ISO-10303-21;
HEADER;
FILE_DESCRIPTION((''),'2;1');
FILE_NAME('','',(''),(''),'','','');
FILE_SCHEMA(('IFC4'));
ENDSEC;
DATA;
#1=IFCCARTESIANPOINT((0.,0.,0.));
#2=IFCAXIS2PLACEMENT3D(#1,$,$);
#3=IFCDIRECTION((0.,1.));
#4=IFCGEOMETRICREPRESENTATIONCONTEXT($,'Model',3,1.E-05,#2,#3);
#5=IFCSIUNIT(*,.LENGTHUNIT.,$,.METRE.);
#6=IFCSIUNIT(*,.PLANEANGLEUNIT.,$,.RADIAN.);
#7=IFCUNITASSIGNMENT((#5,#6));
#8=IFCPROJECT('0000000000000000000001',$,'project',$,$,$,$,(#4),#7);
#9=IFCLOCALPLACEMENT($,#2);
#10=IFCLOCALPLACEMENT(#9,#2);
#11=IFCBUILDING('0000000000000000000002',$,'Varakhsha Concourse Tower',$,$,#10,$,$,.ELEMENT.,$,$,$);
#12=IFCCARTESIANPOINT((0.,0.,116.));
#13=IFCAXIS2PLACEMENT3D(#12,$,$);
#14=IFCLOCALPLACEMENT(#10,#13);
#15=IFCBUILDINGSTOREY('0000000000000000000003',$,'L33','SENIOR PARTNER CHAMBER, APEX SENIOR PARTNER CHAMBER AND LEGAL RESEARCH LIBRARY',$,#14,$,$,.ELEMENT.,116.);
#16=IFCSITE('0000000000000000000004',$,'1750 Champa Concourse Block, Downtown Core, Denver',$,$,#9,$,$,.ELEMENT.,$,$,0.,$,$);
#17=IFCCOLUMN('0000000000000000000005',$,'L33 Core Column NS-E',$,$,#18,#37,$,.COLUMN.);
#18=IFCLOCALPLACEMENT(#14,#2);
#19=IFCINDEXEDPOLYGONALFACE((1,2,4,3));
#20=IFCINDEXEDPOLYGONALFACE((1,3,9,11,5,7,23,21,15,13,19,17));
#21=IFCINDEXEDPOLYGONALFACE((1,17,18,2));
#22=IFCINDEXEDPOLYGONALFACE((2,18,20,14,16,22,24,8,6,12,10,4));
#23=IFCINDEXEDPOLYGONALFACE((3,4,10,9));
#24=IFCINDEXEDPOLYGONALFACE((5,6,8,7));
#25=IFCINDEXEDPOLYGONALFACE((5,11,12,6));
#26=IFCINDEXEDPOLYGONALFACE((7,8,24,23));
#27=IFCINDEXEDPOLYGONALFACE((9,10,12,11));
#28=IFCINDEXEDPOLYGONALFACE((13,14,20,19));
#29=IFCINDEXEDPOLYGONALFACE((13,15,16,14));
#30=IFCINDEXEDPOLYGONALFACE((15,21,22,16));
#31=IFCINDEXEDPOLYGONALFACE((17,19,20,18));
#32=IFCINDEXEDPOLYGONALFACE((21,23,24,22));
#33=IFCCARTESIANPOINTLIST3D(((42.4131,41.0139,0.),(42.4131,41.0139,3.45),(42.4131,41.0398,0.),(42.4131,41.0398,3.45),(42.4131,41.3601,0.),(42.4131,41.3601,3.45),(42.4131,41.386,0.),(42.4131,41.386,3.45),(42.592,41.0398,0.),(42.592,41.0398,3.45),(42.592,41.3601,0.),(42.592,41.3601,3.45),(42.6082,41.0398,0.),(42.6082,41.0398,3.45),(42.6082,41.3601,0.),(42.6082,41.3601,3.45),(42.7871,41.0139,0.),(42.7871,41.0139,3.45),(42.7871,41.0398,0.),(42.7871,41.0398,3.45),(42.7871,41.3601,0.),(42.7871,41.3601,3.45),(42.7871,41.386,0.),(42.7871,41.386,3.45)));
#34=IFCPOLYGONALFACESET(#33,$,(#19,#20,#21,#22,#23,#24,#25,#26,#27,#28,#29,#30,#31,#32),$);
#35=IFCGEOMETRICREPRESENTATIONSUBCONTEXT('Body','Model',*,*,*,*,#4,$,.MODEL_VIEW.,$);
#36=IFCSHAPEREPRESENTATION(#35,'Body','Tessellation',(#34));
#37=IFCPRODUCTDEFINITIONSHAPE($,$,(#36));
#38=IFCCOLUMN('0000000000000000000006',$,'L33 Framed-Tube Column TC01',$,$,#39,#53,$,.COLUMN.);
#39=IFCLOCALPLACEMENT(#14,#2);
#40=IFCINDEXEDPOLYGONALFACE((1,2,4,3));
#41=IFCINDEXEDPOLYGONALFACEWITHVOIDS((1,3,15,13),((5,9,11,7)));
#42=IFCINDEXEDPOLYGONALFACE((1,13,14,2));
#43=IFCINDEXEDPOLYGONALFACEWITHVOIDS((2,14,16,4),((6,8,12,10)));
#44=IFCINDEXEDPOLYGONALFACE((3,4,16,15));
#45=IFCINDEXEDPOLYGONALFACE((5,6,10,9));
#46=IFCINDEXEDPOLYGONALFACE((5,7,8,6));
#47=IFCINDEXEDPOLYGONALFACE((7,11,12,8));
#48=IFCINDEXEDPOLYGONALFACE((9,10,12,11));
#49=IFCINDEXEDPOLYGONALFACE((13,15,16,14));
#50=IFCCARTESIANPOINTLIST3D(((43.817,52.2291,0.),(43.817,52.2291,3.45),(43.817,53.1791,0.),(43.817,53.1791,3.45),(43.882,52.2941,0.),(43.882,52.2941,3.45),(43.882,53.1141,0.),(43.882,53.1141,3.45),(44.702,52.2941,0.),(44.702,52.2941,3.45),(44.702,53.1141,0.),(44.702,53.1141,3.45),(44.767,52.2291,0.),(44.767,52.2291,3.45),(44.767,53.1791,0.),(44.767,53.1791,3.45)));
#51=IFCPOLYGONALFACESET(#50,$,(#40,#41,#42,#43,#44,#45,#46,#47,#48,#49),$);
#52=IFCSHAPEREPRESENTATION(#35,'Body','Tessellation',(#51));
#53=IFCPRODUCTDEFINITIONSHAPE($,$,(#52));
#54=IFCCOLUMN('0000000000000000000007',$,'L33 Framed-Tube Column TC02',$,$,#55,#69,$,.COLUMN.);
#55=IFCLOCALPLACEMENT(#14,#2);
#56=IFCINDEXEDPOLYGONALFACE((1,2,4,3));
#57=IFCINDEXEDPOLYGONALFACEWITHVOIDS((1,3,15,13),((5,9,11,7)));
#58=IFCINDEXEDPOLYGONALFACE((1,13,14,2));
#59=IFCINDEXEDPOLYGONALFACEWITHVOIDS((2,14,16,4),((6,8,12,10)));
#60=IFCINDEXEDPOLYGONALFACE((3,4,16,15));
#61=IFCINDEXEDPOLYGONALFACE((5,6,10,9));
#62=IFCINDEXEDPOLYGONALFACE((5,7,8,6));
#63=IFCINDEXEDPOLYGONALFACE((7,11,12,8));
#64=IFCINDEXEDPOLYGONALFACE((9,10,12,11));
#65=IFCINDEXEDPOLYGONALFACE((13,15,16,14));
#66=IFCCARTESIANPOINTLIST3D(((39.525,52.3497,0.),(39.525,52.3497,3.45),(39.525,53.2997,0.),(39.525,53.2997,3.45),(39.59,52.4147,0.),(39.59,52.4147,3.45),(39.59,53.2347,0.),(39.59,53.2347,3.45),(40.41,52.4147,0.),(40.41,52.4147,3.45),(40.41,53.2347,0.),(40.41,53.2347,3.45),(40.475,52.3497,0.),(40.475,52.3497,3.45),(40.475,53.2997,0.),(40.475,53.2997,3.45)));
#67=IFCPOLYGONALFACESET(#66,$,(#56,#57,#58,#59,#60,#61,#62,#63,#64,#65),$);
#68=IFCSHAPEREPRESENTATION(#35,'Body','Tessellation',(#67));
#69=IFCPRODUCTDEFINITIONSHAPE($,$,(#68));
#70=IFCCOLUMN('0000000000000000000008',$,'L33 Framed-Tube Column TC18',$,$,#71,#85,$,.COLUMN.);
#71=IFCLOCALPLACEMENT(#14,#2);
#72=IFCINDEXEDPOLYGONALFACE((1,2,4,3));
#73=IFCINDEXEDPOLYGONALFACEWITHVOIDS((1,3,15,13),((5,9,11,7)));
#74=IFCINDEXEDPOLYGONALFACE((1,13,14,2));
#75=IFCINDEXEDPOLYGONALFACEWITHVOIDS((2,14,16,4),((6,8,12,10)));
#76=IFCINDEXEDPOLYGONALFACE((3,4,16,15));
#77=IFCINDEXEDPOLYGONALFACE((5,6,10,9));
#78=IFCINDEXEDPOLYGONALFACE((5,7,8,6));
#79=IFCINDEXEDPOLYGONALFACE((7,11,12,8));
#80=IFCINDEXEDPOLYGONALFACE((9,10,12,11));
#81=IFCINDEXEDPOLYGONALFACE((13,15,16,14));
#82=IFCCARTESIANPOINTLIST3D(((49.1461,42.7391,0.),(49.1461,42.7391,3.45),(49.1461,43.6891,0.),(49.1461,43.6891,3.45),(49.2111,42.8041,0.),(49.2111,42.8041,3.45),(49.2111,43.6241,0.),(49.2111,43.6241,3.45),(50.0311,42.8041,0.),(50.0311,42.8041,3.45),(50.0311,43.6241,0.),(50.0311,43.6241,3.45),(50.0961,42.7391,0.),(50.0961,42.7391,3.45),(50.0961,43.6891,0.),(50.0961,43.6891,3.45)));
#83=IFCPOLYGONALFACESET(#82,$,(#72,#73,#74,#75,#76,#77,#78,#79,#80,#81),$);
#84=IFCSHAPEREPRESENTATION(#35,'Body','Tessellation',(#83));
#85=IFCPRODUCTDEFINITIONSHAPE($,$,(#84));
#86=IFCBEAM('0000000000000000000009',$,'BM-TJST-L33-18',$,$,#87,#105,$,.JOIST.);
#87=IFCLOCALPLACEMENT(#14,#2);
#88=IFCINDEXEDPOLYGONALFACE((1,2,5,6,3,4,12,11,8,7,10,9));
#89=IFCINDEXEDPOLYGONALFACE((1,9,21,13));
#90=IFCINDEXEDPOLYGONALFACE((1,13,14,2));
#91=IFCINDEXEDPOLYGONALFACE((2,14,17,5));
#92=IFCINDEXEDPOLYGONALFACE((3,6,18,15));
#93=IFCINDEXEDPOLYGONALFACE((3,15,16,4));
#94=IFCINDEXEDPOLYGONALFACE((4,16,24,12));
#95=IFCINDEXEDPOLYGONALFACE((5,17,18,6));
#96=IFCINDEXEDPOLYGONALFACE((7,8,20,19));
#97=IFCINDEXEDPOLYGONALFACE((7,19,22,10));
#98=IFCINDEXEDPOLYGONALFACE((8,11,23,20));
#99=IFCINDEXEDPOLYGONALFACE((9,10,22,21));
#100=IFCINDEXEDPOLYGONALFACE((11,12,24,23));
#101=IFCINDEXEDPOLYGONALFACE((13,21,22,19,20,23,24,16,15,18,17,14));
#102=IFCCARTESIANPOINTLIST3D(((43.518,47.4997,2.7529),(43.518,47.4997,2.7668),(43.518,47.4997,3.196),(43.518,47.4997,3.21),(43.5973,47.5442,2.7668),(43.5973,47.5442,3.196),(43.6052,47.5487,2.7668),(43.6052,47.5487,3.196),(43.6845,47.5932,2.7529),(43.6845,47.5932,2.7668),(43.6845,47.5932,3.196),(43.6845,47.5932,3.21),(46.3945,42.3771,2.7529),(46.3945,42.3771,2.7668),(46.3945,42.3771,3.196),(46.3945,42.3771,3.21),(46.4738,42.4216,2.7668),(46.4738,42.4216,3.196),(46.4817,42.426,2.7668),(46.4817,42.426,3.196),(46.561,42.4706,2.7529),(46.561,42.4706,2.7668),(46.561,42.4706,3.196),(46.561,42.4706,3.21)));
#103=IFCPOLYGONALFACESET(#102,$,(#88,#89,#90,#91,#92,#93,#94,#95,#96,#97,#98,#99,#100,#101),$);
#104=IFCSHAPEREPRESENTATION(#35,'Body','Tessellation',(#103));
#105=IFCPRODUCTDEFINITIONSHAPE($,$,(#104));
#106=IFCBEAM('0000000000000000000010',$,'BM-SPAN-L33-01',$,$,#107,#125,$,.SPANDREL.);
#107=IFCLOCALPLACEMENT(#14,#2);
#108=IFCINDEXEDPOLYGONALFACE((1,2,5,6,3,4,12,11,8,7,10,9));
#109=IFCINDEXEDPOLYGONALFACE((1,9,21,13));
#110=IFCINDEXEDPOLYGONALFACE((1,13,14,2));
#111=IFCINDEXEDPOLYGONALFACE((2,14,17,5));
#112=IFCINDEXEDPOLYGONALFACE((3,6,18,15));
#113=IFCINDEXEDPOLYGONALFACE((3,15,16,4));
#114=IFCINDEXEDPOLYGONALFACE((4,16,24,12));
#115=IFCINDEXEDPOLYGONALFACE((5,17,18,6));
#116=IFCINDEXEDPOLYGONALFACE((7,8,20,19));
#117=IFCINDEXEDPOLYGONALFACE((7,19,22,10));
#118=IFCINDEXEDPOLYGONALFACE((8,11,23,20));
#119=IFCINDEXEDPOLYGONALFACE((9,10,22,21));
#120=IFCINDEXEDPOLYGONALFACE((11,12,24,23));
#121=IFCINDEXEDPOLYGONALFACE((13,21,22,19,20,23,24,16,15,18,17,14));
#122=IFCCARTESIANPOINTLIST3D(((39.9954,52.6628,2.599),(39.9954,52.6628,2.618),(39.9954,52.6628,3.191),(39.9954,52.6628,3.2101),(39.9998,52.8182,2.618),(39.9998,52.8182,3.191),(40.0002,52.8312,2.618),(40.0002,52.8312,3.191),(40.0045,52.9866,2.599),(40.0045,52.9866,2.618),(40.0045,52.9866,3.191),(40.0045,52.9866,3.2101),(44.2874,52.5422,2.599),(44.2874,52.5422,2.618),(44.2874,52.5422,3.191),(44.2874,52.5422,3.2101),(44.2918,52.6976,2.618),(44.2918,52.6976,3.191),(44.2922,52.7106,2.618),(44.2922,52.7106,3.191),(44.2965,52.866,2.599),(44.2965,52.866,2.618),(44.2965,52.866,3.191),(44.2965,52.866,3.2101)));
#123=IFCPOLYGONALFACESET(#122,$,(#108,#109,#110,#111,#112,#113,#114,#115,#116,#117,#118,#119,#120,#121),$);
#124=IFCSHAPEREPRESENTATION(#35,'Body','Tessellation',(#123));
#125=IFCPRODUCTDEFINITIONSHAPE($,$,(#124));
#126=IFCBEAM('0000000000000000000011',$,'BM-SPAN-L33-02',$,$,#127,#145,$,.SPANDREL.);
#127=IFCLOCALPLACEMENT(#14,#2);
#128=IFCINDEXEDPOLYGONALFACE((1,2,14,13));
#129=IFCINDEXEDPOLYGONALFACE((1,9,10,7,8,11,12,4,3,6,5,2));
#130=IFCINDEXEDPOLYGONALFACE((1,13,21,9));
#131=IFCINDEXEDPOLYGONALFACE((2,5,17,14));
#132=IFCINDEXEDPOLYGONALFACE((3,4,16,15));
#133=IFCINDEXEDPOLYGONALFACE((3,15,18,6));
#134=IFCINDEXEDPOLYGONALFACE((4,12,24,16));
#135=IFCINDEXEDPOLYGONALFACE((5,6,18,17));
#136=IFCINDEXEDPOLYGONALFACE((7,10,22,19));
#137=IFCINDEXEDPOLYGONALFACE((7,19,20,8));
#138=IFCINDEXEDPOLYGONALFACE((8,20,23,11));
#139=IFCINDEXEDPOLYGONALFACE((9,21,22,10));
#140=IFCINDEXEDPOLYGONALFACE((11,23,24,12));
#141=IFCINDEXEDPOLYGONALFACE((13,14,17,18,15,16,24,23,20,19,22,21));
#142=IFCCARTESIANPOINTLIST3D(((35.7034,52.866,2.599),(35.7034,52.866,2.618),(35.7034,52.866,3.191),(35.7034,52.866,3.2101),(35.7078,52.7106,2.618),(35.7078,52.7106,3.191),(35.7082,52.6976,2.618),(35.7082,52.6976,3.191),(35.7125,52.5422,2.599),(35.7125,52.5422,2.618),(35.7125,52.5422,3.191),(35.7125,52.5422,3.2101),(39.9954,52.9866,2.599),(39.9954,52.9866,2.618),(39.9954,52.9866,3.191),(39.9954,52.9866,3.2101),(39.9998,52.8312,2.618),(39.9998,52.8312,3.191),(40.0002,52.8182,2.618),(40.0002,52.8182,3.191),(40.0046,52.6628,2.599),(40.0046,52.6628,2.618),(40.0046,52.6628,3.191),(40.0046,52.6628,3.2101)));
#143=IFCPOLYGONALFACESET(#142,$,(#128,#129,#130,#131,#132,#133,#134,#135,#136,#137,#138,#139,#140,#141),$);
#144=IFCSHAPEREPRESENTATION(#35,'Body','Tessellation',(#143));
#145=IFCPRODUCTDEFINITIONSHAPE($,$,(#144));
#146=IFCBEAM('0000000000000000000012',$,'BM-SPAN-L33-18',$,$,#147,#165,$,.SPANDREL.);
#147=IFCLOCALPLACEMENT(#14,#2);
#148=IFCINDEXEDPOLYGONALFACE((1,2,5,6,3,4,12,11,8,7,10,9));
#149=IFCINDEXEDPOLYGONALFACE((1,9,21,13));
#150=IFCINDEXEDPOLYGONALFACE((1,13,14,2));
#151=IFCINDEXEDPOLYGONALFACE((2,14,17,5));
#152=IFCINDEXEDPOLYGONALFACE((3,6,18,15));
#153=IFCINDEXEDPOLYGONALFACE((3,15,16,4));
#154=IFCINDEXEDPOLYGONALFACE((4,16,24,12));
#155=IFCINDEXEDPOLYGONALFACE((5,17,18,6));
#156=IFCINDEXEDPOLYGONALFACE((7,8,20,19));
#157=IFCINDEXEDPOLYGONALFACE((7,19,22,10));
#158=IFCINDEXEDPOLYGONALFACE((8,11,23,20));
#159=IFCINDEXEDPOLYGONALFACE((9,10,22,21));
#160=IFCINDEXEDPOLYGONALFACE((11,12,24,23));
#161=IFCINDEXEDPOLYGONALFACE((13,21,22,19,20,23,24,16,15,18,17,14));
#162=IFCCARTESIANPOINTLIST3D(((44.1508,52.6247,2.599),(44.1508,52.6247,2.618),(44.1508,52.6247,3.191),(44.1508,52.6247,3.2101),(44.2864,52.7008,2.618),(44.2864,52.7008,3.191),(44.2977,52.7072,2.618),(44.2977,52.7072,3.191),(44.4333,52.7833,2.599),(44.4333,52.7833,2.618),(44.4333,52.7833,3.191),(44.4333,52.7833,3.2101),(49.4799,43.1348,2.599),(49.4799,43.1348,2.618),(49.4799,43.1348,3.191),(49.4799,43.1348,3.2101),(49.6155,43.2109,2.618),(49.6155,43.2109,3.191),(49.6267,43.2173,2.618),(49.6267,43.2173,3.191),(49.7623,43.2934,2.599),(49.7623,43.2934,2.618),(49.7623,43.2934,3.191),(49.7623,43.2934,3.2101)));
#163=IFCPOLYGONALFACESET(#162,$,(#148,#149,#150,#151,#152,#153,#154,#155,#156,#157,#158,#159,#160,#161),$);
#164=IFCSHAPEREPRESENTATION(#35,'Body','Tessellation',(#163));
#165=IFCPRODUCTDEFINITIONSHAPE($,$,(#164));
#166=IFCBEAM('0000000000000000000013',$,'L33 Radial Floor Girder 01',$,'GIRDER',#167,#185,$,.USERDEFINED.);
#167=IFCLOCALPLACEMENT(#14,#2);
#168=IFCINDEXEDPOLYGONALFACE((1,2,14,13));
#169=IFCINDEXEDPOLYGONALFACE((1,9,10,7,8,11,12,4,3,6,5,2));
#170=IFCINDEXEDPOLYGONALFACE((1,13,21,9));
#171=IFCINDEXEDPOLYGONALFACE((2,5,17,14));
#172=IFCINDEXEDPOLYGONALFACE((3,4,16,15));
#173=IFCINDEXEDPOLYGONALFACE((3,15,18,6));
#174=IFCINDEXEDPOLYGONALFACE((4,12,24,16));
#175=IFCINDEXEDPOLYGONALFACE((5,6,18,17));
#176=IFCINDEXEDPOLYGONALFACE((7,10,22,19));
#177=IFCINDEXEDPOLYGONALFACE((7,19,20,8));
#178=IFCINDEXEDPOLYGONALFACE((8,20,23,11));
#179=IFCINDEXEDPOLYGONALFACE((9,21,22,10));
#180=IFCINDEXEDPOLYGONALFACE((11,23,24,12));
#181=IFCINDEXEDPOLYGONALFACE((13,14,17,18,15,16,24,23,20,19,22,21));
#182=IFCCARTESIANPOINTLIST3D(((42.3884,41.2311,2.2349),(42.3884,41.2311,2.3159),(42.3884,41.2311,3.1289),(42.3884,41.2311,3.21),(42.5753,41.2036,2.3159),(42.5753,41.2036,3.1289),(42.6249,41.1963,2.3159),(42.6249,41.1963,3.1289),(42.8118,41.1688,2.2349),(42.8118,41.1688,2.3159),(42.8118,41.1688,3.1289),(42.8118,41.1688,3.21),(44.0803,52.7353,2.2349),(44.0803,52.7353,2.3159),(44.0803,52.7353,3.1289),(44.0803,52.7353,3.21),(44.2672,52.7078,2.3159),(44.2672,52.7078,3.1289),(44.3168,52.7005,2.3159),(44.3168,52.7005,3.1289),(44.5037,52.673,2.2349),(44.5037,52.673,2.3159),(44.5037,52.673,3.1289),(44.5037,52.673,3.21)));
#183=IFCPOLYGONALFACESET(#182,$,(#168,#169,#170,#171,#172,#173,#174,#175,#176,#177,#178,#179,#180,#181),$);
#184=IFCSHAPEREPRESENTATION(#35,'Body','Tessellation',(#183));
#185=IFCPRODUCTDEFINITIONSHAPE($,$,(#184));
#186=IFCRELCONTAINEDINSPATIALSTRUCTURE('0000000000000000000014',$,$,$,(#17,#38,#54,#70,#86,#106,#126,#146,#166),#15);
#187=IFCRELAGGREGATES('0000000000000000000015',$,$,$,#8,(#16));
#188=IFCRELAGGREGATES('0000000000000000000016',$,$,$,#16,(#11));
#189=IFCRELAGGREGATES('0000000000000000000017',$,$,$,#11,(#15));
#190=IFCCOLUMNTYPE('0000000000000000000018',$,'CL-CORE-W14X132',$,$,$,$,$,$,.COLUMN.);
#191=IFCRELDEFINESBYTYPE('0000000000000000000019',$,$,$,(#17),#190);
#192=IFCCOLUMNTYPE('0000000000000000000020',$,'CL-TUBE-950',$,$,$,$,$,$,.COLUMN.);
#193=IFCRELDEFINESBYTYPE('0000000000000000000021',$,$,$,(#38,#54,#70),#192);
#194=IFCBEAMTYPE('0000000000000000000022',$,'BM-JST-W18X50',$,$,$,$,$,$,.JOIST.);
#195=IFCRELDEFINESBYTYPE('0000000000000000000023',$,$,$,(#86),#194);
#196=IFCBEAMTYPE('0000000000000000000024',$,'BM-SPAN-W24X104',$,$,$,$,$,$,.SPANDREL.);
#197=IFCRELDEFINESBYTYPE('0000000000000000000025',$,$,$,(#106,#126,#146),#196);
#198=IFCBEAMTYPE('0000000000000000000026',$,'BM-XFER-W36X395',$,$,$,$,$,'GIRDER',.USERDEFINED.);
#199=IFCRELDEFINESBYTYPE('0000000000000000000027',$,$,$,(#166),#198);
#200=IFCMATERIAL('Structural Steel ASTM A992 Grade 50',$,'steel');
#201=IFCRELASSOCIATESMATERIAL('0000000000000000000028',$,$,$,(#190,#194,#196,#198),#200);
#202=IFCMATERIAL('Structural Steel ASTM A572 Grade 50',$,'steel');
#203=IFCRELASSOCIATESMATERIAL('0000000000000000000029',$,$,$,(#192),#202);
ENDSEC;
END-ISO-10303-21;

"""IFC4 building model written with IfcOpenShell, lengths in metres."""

from ifc_helpers import new_model, si_unit, direction, frame, origin, origin_2d, place, context, subcontext, project, spatial, hollow_rectangle, i_section, extrude, material, material_profile, profile_set, type_object, element, save


model = new_model("IFC4")

# Units and contexts
model_context = context("Model", 3, precision=1e-05, world=origin(), true_north=direction((0.0, 1.0)))
body_context = subcontext(model_context, "Body", "Model", "MODEL_VIEW")
ifc_project = project(units=[si_unit("LENGTHUNIT", "METRE"), si_unit("PLANEANGLEUNIT", "RADIAN")], contexts=[model_context])

# Site, building, storey
site_placement = place(None, origin())
site = spatial("IfcSite", under=ifc_project, at=site_placement, Name="1750 Champa Concourse Block, Downtown Core, Denver", CompositionType="ELEMENT", RefElevation=0.0)
building_placement = place(site_placement, origin())
building = spatial("IfcBuilding", under=site, at=building_placement, Name="Varakhsha Concourse Tower", CompositionType="ELEMENT")
storey_placement = place(building_placement, frame((0.0, 0.0, 116.0)))
storey = spatial("IfcBuildingStorey", under=building, at=storey_placement, Name="L33", Description="SENIOR PARTNER CHAMBER, APEX SENIOR PARTNER CHAMBER AND LEGAL RESEARCH LIBRARY", CompositionType="ELEMENT", Elevation=116.0)

# Columns
ifc_material_1 = material(Name="Structural Steel ASTM A992 Grade 50", Category="steel")
ifc_material_profile_1 = material_profile(ifc_material_1, i_section(OverallWidth=0.374, OverallDepth=0.3721, WebThickness=0.0161, FlangeThickness=0.0259, at=origin_2d()), Name="W14X132")
ifc_profile_set_1 = profile_set([ifc_material_profile_1], Name="Structural Steel ASTM A992 Grade 50")
column_type_1 = type_object("IfcColumnType", Name="CL-CORE-W14X132", PredefinedType="COLUMN", material=ifc_profile_set_1)
column_placement = place(storey_placement, frame((42.6001, 41.2, 0.0), z_axis=(0.0, 0.0, 1.0), x_axis=(1.0, 0.0, 0.0)))
element("IfcColumn", 1, at=column_placement, inside=storey, type_object=column_type_1, Name="L33 Core Column NS-E", PredefinedType="COLUMN", context=body_context, shape_type="SweptSolid", body=[
    extrude(i_section(OverallWidth=0.374, OverallDepth=0.3721, WebThickness=0.0161, FlangeThickness=0.0259, at=origin_2d()), origin(), (0.0, 0.0, 1.0), 3.45),
])
ifc_material_2 = material(Name="Structural Steel ASTM A572 Grade 50", Category="steel")
ifc_material_profile_2 = material_profile(ifc_material_2, hollow_rectangle(XDim=0.95, YDim=0.95, WallThickness=0.0649, at=origin_2d()), Name="BOX 950x950x65")
ifc_profile_set_2 = profile_set([ifc_material_profile_2], Name="Structural Steel ASTM A572 Grade 50")
column_type_2 = type_object("IfcColumnType", Name="CL-TUBE-950", PredefinedType="COLUMN", material=ifc_profile_set_2)
for number, where, z_axis, x_axis, name in (
    (2, (44.292, 52.7041, 0.0), (0.0, 0.0, 1.0), (1.0, 0.0, 0.0), "L33 Framed-Tube Column TC01"),
    (3, (40.0, 52.8247, 0.0), (0.0, 0.0, 1.0), (1.0, 0.0, 0.0), "L33 Framed-Tube Column TC02"),
    (4, (49.6211, 43.2141, 0.0), (0.0, 0.0, 1.0), (1.0, 0.0, 0.0), "L33 Framed-Tube Column TC18"),
):
    element("IfcColumn", number, at=place(storey_placement, frame(where, z_axis=z_axis, x_axis=x_axis)), inside=storey, type_object=column_type_2, Name=name, PredefinedType="COLUMN", context=body_context, shape_type="SweptSolid", body=[
        extrude(hollow_rectangle(XDim=0.95, YDim=0.95, WallThickness=0.0649, at=origin_2d()), origin(), (0.0, 0.0, 1.0), 3.45),
    ])

# Beams
ifc_material_profile_3 = material_profile(ifc_material_1, i_section(OverallWidth=0.1909, OverallDepth=0.457, WebThickness=0.009, FlangeThickness=0.0139, at=origin_2d()), Name="W18X50")
ifc_profile_set_3 = profile_set([ifc_material_profile_3], Name="Structural Steel ASTM A992 Grade 50")
beam_type_1 = type_object("IfcBeamType", Name="BM-JST-W18X50", PredefinedType="JOIST", material=ifc_profile_set_3)
beam_1_placement = place(storey_placement, frame((46.4778, 42.4238, 2.9814), z_axis=(-0.489618, 0.871937, 0.0), x_axis=(-0.871937, -0.489618, 0.0)))
element("IfcBeam", 5, at=beam_1_placement, inside=storey, type_object=beam_type_1, Name="BM-TJST-L33-18", PredefinedType="JOIST", context=body_context, shape_type="SweptSolid", body=[
    extrude(i_section(OverallWidth=0.1909, OverallDepth=0.457, WebThickness=0.009, FlangeThickness=0.0139, at=origin_2d()), origin(), (0.0, 0.0, 1.0), 5.875),
])
ifc_material_profile_4 = material_profile(ifc_material_1, i_section(OverallWidth=0.324, OverallDepth=0.6111, WebThickness=0.0129, FlangeThickness=0.019, at=origin_2d()), Name="W24X104")
ifc_profile_set_4 = profile_set([ifc_material_profile_4], Name="Structural Steel ASTM A992 Grade 50")
beam_type_2 = type_object("IfcBeamType", Name="BM-SPAN-W24X104", PredefinedType="SPANDREL", material=ifc_profile_set_4)
for number, where, z_axis, x_axis, name in (
    (6, (44.292, 52.7041, 2.9045), (-0.999605, 0.028089, 0.0), (-0.028089, -0.999605, 0.0), "BM-SPAN-L33-01"),
    (7, (40.0, 52.8247, 2.9045), (-0.999605, -0.028089, 0.0), (0.028089, -0.999605, 0.0), "BM-SPAN-L33-02"),
):
    element("IfcBeam", number, at=place(storey_placement, frame(where, z_axis=z_axis, x_axis=x_axis)), inside=storey, type_object=beam_type_2, Name=name, PredefinedType="SPANDREL", context=body_context, shape_type="SweptSolid", body=[
        extrude(i_section(OverallWidth=0.324, OverallDepth=0.6111, WebThickness=0.0129, FlangeThickness=0.019, at=origin_2d()), origin(), (0.0, 0.0, 1.0), 4.2937),
    ])
beam_2_placement = place(storey_placement, frame((49.6211, 43.2141, 2.9045), z_axis=(-0.489632, 0.871929, 0.0), x_axis=(-0.871929, -0.489632, 0.0)))
element("IfcBeam", 8, at=beam_2_placement, inside=storey, type_object=beam_type_2, Name="BM-SPAN-L33-18", PredefinedType="SPANDREL", context=body_context, shape_type="SweptSolid", body=[
    extrude(i_section(OverallWidth=0.324, OverallDepth=0.6111, WebThickness=0.0129, FlangeThickness=0.019, at=origin_2d()), origin(), (0.0, 0.0, 1.0), 10.8838),
])
ifc_material_profile_5 = material_profile(ifc_material_1, i_section(OverallWidth=0.428, OverallDepth=0.9751, WebThickness=0.05, FlangeThickness=0.0811, at=origin_2d()), Name="W36X395")
ifc_profile_set_5 = profile_set([ifc_material_profile_5], Name="Structural Steel ASTM A992 Grade 50")
beam_type_3 = type_object("IfcBeamType", Name="BM-XFER-W36X395", ElementType="GIRDER", PredefinedType="USERDEFINED", material=ifc_profile_set_5)
beam_3_placement = place(storey_placement, frame((42.6001, 41.2, 2.7224), z_axis=(0.145503, 0.989358, 0.0), x_axis=(-0.989358, 0.145503, 0.0)))
element("IfcBeam", 9, at=beam_3_placement, inside=storey, type_object=beam_type_3, Name="L33 Radial Floor Girder 01", ObjectType="GIRDER", PredefinedType="USERDEFINED", context=body_context, shape_type="SweptSolid", body=[
    extrude(i_section(OverallWidth=0.428, OverallDepth=0.9751, WebThickness=0.05, FlangeThickness=0.0811, at=origin_2d()), origin(), (0.0, 0.0, 1.0), 11.6279),
])

save(model, "model.ifc")
